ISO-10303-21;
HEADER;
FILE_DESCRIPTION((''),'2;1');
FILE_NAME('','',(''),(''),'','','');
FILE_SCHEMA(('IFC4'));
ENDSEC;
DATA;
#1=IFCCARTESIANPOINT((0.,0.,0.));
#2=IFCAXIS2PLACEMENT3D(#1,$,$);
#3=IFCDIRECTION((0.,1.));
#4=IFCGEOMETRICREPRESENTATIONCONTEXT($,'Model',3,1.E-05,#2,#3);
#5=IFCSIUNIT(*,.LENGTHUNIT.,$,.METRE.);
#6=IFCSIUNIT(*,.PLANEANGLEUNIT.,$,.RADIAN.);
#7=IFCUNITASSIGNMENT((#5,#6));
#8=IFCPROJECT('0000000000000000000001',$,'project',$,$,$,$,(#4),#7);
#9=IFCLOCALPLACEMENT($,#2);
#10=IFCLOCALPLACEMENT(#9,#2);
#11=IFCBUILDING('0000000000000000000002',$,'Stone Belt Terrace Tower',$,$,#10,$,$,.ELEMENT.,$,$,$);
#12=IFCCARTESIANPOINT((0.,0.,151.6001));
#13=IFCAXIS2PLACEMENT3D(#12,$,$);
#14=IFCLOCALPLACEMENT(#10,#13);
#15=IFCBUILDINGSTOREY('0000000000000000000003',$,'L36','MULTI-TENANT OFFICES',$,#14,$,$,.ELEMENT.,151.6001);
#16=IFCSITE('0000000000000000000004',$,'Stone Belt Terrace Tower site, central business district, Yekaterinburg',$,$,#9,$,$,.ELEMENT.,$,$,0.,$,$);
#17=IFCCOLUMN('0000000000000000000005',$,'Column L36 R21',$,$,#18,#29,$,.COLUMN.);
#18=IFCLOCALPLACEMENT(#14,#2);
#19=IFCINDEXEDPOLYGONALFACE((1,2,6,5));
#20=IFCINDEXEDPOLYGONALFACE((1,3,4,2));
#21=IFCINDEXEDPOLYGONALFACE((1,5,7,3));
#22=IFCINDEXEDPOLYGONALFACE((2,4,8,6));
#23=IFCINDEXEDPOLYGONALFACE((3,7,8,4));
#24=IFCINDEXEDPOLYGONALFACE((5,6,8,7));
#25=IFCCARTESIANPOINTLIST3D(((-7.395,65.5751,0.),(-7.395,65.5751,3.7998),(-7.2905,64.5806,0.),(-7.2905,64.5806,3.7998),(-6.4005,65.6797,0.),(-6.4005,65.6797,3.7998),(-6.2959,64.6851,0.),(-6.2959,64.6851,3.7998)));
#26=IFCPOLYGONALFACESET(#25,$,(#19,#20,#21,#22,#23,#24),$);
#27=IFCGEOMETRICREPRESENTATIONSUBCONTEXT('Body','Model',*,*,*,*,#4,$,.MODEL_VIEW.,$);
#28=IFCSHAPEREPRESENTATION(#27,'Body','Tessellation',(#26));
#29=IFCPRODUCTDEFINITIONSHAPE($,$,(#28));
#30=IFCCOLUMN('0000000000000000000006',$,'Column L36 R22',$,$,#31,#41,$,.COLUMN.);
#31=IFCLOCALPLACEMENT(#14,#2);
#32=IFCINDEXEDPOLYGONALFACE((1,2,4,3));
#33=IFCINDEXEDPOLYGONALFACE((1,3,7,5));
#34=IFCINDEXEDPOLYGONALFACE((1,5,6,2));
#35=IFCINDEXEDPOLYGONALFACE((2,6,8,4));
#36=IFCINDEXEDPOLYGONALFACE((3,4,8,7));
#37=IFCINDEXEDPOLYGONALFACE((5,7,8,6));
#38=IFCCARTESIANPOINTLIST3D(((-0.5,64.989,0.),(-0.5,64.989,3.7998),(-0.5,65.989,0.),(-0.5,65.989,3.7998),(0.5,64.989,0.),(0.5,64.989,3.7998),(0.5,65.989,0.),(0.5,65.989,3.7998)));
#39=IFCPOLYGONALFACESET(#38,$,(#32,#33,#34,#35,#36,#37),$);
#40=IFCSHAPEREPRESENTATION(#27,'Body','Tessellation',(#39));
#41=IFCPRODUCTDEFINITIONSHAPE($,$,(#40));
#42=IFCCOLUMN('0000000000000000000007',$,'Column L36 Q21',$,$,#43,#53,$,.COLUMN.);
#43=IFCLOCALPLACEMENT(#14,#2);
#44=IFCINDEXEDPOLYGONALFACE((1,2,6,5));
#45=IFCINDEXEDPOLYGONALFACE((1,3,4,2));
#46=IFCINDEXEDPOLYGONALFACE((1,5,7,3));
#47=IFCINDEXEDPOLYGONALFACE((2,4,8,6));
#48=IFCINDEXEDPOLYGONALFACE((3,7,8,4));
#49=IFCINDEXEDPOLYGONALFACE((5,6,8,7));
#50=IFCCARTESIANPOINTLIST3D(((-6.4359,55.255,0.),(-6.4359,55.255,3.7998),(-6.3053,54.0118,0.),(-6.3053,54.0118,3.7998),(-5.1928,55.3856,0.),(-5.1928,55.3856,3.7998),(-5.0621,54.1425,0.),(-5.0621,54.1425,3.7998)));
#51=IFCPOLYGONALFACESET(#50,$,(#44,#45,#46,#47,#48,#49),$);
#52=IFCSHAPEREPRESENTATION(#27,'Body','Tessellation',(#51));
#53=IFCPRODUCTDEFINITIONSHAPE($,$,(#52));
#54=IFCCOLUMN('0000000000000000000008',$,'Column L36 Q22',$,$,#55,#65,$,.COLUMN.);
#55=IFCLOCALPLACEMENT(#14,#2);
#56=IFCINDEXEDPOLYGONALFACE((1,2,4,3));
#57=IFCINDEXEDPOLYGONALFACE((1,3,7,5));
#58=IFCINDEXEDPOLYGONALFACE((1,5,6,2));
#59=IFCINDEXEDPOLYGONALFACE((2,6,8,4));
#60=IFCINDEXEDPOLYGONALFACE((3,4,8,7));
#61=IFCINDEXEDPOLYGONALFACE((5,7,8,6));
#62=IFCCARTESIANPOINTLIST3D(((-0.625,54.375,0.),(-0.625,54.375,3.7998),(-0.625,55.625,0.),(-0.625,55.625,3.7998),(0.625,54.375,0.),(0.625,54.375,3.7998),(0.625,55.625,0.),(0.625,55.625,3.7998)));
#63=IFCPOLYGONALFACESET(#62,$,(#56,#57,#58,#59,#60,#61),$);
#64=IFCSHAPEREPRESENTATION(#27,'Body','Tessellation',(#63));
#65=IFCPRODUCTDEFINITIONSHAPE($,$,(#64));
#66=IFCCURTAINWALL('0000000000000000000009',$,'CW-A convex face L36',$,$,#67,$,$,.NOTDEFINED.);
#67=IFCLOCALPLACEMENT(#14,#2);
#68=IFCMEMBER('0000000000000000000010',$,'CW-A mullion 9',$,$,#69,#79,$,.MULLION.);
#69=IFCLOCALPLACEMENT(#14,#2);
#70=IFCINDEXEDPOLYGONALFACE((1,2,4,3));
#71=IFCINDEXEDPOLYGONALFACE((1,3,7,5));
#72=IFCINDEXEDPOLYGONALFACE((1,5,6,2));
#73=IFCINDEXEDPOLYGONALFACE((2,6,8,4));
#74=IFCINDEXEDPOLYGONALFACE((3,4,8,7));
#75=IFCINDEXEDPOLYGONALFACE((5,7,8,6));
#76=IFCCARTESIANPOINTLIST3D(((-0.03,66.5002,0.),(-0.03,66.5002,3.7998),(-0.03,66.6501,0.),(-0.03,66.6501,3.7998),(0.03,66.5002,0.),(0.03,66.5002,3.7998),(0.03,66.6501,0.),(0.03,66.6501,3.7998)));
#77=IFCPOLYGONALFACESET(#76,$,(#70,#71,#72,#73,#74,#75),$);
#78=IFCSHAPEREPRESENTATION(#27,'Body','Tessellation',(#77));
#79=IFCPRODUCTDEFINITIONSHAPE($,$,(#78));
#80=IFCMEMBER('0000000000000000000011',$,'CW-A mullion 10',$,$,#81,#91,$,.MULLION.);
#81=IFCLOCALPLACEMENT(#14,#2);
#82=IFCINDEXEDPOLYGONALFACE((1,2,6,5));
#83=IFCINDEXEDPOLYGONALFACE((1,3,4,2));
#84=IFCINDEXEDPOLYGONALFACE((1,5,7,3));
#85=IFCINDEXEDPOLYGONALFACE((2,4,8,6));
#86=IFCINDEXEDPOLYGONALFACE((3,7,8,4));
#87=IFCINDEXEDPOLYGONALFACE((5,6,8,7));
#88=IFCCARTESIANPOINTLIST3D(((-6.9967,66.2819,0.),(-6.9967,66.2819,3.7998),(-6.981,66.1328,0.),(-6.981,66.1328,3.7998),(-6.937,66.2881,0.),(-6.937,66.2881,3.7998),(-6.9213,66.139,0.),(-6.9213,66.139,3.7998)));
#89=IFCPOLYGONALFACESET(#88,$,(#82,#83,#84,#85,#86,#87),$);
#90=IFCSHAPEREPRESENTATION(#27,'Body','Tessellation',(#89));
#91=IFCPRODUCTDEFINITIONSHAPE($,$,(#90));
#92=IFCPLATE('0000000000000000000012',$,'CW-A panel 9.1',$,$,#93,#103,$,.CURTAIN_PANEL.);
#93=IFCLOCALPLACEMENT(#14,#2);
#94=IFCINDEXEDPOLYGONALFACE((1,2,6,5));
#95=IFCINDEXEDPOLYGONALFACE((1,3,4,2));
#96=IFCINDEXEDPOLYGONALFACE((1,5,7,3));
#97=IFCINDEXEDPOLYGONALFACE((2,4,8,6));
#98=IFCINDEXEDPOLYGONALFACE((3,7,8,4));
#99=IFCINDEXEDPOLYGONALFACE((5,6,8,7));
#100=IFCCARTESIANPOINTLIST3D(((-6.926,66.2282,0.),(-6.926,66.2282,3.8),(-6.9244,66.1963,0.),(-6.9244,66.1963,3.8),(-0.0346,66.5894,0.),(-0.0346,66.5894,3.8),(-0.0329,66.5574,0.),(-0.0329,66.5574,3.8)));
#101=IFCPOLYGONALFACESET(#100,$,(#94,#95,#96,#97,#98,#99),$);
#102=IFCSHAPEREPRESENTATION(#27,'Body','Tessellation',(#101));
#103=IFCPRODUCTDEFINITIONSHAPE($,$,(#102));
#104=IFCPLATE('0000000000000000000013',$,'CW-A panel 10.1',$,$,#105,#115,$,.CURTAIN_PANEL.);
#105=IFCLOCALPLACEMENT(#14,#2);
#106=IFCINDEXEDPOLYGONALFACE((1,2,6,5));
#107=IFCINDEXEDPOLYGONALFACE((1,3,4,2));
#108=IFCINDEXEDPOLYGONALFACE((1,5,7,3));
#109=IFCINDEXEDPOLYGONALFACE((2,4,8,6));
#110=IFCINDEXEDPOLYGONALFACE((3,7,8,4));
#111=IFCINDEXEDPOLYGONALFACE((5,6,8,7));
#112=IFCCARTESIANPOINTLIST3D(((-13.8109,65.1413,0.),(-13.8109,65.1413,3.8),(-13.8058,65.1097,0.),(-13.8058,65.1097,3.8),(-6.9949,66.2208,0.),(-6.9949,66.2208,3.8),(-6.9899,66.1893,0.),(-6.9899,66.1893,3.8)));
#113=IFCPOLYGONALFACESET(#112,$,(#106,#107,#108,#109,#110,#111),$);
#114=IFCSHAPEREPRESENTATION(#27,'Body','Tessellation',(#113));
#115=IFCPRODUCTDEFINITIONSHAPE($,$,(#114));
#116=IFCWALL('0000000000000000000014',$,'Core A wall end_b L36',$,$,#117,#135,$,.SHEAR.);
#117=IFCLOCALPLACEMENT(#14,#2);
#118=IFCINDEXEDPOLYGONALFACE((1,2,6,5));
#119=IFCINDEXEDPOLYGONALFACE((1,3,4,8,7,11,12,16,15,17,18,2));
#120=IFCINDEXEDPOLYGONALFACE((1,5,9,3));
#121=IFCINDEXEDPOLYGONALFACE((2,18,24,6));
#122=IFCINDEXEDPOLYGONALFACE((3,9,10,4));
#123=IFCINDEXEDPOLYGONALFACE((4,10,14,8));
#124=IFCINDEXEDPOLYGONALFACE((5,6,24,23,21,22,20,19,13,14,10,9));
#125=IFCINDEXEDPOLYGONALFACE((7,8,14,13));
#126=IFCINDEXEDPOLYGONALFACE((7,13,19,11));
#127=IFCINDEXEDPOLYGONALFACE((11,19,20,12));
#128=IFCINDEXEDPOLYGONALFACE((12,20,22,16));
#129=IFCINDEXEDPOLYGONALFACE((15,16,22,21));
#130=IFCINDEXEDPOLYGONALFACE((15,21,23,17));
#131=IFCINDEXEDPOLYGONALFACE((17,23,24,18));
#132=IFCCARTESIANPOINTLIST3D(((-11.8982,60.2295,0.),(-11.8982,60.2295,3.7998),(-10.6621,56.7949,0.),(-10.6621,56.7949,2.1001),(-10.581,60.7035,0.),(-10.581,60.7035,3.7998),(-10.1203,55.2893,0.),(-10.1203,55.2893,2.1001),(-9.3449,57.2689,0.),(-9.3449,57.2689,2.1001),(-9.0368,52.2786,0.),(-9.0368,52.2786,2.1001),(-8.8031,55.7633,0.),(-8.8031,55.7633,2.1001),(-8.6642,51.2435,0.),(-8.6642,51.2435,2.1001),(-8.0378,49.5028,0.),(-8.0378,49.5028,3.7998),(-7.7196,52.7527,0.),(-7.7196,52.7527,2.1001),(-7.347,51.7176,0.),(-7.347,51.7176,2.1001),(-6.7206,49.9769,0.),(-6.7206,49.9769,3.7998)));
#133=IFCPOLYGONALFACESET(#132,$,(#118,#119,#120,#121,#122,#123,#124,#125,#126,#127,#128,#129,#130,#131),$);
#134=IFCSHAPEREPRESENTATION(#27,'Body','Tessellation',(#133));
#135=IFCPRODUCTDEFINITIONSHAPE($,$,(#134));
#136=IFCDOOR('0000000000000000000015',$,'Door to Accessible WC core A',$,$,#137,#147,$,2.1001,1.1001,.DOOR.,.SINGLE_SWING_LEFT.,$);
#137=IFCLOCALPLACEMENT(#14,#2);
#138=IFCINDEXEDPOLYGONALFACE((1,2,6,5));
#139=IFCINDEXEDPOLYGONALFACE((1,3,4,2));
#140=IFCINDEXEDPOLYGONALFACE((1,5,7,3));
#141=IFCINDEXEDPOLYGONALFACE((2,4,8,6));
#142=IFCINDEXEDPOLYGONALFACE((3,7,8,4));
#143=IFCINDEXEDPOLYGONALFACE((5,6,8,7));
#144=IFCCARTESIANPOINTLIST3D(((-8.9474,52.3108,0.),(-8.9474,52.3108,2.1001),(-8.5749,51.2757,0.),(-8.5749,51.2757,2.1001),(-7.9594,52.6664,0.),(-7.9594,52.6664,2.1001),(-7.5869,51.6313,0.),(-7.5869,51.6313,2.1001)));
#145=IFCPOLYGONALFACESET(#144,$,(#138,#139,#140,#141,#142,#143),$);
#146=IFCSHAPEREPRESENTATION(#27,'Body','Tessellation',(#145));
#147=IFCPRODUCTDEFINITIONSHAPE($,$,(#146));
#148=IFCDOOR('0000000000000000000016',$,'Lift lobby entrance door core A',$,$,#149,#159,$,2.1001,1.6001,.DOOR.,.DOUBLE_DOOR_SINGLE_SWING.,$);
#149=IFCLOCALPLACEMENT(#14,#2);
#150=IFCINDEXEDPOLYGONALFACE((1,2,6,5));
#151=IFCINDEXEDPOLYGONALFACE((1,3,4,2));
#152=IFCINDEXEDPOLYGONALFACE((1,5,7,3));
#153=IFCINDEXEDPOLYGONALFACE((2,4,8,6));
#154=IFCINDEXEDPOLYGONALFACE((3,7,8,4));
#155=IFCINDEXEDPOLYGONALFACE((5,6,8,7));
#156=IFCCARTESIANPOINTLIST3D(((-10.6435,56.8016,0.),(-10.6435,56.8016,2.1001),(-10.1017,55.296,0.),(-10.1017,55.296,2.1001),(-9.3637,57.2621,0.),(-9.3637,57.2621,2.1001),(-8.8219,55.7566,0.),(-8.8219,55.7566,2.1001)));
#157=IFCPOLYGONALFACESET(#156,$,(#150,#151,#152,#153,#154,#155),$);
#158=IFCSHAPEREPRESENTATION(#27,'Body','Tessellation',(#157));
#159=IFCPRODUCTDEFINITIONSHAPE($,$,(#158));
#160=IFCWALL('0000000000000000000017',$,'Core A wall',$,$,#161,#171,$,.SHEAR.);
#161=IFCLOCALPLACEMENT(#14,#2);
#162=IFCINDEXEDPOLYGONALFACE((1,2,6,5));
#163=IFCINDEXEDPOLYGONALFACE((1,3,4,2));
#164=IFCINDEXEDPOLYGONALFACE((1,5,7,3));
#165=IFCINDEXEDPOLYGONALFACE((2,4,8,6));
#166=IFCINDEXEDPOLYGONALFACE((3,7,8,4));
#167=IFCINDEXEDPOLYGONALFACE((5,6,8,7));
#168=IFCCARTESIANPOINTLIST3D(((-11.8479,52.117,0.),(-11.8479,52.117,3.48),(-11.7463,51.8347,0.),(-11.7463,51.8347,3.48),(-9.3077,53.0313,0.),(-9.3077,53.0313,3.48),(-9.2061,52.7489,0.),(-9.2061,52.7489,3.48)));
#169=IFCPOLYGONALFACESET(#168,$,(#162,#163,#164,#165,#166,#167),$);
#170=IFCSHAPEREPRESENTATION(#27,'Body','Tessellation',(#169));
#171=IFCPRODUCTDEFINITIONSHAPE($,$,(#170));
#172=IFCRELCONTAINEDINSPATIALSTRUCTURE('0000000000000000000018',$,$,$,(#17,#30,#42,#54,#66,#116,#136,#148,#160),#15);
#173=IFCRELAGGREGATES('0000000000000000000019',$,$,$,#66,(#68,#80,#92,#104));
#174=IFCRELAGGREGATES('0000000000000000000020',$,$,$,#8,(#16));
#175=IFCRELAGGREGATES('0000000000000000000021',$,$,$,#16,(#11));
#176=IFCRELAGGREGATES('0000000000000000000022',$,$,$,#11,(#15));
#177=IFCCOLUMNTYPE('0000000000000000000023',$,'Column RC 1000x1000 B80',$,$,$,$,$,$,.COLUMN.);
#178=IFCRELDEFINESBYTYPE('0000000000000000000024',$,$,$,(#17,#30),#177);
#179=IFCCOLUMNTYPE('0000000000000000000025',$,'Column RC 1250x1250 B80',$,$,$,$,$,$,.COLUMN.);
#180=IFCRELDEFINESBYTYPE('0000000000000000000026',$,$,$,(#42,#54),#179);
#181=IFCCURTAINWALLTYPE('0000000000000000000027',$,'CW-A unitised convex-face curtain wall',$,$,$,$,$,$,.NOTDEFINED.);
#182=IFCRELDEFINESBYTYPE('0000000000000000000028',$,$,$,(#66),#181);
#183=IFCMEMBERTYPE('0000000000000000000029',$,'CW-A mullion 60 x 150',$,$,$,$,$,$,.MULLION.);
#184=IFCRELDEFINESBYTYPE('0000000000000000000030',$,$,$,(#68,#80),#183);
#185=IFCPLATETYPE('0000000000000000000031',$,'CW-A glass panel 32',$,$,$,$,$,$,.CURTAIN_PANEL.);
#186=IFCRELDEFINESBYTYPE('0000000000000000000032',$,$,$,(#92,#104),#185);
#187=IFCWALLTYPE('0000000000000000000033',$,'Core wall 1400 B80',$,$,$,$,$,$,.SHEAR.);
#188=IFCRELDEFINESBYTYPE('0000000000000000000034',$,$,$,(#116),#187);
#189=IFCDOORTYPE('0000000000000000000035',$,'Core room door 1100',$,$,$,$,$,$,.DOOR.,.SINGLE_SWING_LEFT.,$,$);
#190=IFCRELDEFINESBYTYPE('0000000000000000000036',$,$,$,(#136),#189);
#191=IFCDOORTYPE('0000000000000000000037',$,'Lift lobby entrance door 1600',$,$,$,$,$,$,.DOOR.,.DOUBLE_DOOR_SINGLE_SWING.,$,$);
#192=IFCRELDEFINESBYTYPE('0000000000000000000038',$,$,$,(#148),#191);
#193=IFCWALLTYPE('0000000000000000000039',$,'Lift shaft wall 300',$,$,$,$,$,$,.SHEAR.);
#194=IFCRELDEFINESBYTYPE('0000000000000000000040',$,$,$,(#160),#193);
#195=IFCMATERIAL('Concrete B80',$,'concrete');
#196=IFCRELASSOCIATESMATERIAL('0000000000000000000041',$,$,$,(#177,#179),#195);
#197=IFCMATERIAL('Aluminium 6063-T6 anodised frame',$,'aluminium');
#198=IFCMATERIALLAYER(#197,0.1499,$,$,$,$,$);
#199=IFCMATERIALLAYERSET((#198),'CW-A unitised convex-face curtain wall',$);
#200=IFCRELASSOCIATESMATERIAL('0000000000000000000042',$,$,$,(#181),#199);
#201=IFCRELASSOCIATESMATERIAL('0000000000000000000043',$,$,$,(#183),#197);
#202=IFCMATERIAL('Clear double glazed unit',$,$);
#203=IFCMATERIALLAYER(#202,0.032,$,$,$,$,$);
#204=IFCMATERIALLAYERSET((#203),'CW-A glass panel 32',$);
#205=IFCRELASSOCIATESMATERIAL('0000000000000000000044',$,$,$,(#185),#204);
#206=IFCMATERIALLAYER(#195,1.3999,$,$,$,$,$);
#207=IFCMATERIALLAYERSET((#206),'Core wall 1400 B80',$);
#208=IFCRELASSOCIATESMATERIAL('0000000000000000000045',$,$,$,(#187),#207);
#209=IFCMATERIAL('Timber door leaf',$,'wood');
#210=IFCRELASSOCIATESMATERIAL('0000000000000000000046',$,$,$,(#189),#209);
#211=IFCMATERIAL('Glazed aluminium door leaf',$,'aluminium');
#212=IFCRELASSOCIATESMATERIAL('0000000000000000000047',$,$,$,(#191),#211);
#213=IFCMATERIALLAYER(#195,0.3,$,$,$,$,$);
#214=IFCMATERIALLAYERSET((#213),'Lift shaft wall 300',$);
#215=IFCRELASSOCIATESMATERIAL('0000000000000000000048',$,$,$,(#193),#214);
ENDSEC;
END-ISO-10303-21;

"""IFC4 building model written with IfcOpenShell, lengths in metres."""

from ifc_helpers import new_model, si_unit, direction, frame, frame_2d, origin, origin_2d, place, context, subcontext, project, spatial, rectangle, extrude, material, layer, layer_set, material_profile, profile_set, type_object, element, fill, aggregate, save


model = new_model("IFC4")

# Units and contexts
model_context = context("Model", 3, precision=1e-05, world=origin(), true_north=direction((0.0, 1.0)))
body_context = subcontext(model_context, "Body", "Model", "MODEL_VIEW")
ifc_project = project(units=[si_unit("LENGTHUNIT", "METRE"), si_unit("PLANEANGLEUNIT", "RADIAN")], contexts=[model_context])

# Site, building, storey
site_placement = place(None, origin())
site = spatial("IfcSite", under=ifc_project, at=site_placement, Name="Stone Belt Terrace Tower site, central business district, Yekaterinburg", CompositionType="ELEMENT", RefElevation=0.0)
building_placement = place(site_placement, origin())
building = spatial("IfcBuilding", under=site, at=building_placement, Name="Stone Belt Terrace Tower", CompositionType="ELEMENT")
storey_placement = place(building_placement, frame((0.0, 0.0, 151.6001)))
storey = spatial("IfcBuildingStorey", under=building, at=storey_placement, Name="L36", Description="MULTI-TENANT OFFICES", CompositionType="ELEMENT", Elevation=151.6001)

# Columns
ifc_material_1 = material(Name="Concrete B80", Category="concrete")
ifc_material_profile_1 = material_profile(ifc_material_1, rectangle(XDim=1.0, YDim=1.0, at=origin_2d()), Name="RC 1000x1000")
ifc_profile_set_1 = profile_set([ifc_material_profile_1], Name="Concrete B80")
column_type_1 = type_object("IfcColumnType", Name="Column RC 1000x1000 B80", PredefinedType="COLUMN", material=ifc_profile_set_1)
for number, where, z_axis, x_axis, name in (
    (1, (-6.8455, 65.1301, 0.0), (0.0, 0.0, 1.0), (0.994522, 0.104528, 0.0), "Column L36 R21"),
    (2, (0.0, 65.489, 0.0), (0.0, 0.0, 1.0), (1.0, 0.0, 0.0), "Column L36 R22"),
):
    element("IfcColumn", number, at=place(storey_placement, frame(where, z_axis=z_axis, x_axis=x_axis)), inside=storey, type_object=column_type_1, Name=name, PredefinedType="COLUMN", context=body_context, shape_type="SweptSolid", body=[
        extrude(rectangle(XDim=1.0, YDim=1.0, at=origin_2d()), origin(), (0.0, 0.0, 1.0), 3.7998),
    ])
ifc_material_profile_2 = material_profile(ifc_material_1, rectangle(XDim=1.25, YDim=1.25, at=origin_2d()), Name="RC 1250x1250")
ifc_profile_set_2 = profile_set([ifc_material_profile_2], Name="Concrete B80")
column_type_2 = type_object("IfcColumnType", Name="Column RC 1250x1250 B80", PredefinedType="COLUMN", material=ifc_profile_set_2)
for number, where, z_axis, x_axis, name in (
    (3, (-5.749, 54.6987, 0.0), (0.0, 0.0, 1.0), (0.994522, 0.104528, 0.0), "Column L36 Q21"),
    (4, (0.0, 55.0, 0.0), (0.0, 0.0, 1.0), (1.0, 0.0, 0.0), "Column L36 Q22"),
):
    element("IfcColumn", number, at=place(storey_placement, frame(where, z_axis=z_axis, x_axis=x_axis)), inside=storey, type_object=column_type_2, Name=name, PredefinedType="COLUMN", context=body_context, shape_type="SweptSolid", body=[
        extrude(rectangle(XDim=1.25, YDim=1.25, at=origin_2d()), origin(), (0.0, 0.0, 1.0), 3.7998),
    ])

# Curtain wall, members, plates
ifc_material_2 = material(Name="Aluminium 6063-T6 anodised frame", Category="aluminium")
ifc_layer_1 = layer(ifc_material_2, 0.1499)
ifc_layer_set_1 = layer_set([ifc_layer_1], Name="CW-A unitised convex-face curtain wall")
curtain_wall_type = type_object("IfcCurtainWallType", Name="CW-A unitised convex-face curtain wall", PredefinedType="NOTDEFINED", material=ifc_layer_set_1)
curtain_wall_placement = place(storey_placement, origin())
curtain_wall = element("IfcCurtainWall", 5, at=curtain_wall_placement, inside=storey, type_object=curtain_wall_type, Name="CW-A convex face L36", PredefinedType="NOTDEFINED")
ifc_material_profile_3 = material_profile(ifc_material_2, rectangle(XDim=0.1499, YDim=0.0601, at=origin_2d()), Name="Aluminium 6063-T6 60x150")
ifc_profile_set_3 = profile_set([ifc_material_profile_3], Name="Aluminium 6063-T6 anodised frame")
member_type = type_object("IfcMemberType", Name="CW-A mullion 60 x 150", PredefinedType="MULLION", material=ifc_profile_set_3)
member_1_placement = place(storey_placement, frame((0.0, 66.5752, 0.0), z_axis=(0.0, 0.0, 1.0), x_axis=(0.0, -1.0, 0.0)))
member_1 = element("IfcMember", 6, at=member_1_placement, type_object=member_type, Name="CW-A mullion 9", PredefinedType="MULLION", context=body_context, shape_type="SweptSolid", body=[
    extrude(rectangle(XDim=0.1499, YDim=0.0601, at=origin_2d()), origin(), (0.0, 0.0, 1.0), 3.7998),
])
member_2_placement = place(storey_placement, frame((-6.959, 66.2104, 0.0), z_axis=(0.0, 0.0, 1.0), x_axis=(0.104528, -0.994522, 0.0)))
member_2 = element("IfcMember", 7, at=member_2_placement, type_object=member_type, Name="CW-A mullion 10", PredefinedType="MULLION", context=body_context, shape_type="SweptSolid", body=[
    extrude(rectangle(XDim=0.1499, YDim=0.0601, at=origin_2d()), origin(), (0.0, 0.0, 1.0), 3.7998),
])
ifc_material_3 = material(Name="Clear double glazed unit")
ifc_layer_2 = layer(ifc_material_3, 0.032)
ifc_layer_set_2 = layer_set([ifc_layer_2], Name="CW-A glass panel 32")
plate_type = type_object("IfcPlateType", Name="CW-A glass panel 32", PredefinedType="CURTAIN_PANEL", material=ifc_layer_set_2)
plate_1_placement = place(storey_placement, frame((-3.4795, 66.3928, 0.0), z_axis=(0.0, 0.0, 1.0), x_axis=(-0.99863, -0.052336, 0.0)))
plate_1 = element("IfcPlate", 8, at=plate_1_placement, type_object=plate_type, Name="CW-A panel 9.1", PredefinedType="CURTAIN_PANEL", context=body_context, shape_type="SweptSolid", body=[
    extrude(rectangle(XDim=6.9009, YDim=0.032, at=origin_2d()), origin(), (0.0, 0.0, 1.0), 3.8),
])
plate_2_placement = place(storey_placement, frame((-10.4004, 65.6653, 0.0), z_axis=(0.0, 0.0, 1.0), x_axis=(-0.987688, -0.156434, 0.0)))
plate_2 = element("IfcPlate", 9, at=plate_2_placement, type_object=plate_type, Name="CW-A panel 10.1", PredefinedType="CURTAIN_PANEL", context=body_context, shape_type="SweptSolid", body=[
    extrude(rectangle(XDim=6.9009, YDim=0.032, at=origin_2d()), origin(), (0.0, 0.0, 1.0), 3.8),
])
aggregate(curtain_wall, [member_1, member_2, plate_1, plate_2])

# Wall, openings, doors
ifc_layer_3 = layer(ifc_material_1, 1.3999)
ifc_layer_set_3 = layer_set([ifc_layer_3], Name="Core wall 1400 B80")
wall_type_1 = type_object("IfcWallType", Name="Core wall 1400 B80", PredefinedType="SHEAR", material=ifc_layer_set_3)
wall_1_placement = place(storey_placement, frame((-7.3792, 49.7397, 0.0), z_axis=(0.0, 0.0, 1.0), x_axis=(-0.338625, 0.940921, 0.0)))
wall_1 = element("IfcWall", 10, at=wall_1_placement, inside=storey, type_object=wall_type_1, Name="Core A wall end_b L36", PredefinedType="SHEAR", context=body_context, shape_type="SweptSolid", body=[
    extrude(rectangle(XDim=11.4001, YDim=1.3999, at=frame_2d((5.7002, 0.0))), origin(), (0.0, 0.0, 1.0), 3.7998),
])
opening_1_placement = place(wall_1_placement, frame((6.1499, 0.0, 0.0)))
opening_1 = element("IfcOpeningElement", 11, at=opening_1_placement, cuts=wall_1, PredefinedType="OPENING", context=body_context, shape_type="SweptSolid", body=[
    extrude(rectangle(XDim=1.6001, YDim=2.1001, at=frame_2d((0.8, 1.05))), frame((0.0, 0.71, 0.0), z_axis=(0.0, -1.0, 0.0), x_axis=(1.0, 0.0, 0.0)), (0.0, 0.0, 1.0), 1.4199),
])
opening_2_placement = place(wall_1_placement, frame((1.8501, 0.0, 0.0)))
opening_2 = element("IfcOpeningElement", 12, at=opening_2_placement, cuts=wall_1, PredefinedType="OPENING", context=body_context, shape_type="SweptSolid", body=[
    extrude(rectangle(XDim=1.1001, YDim=2.1001, at=frame_2d((0.55, 1.05))), frame((0.0, 0.71, 0.0), z_axis=(0.0, -1.0, 0.0), x_axis=(1.0, 0.0, 0.0)), (0.0, 0.0, 1.0), 1.4199),
])
ifc_material_4 = material(Name="Timber door leaf", Category="wood")
door_type_1 = type_object("IfcDoorType", Name="Core room door 1100", OperationType="SINGLE_SWING_LEFT", PredefinedType="DOOR", material=ifc_material_4)
door_1_placement = place(opening_2_placement, origin())
door_1 = element("IfcDoor", 13, at=door_1_placement, inside=storey, type_object=door_type_1, Name="Door to Accessible WC core A", OperationType="SINGLE_SWING_LEFT", OverallHeight=2.1001, OverallWidth=1.1001, PredefinedType="DOOR", context=body_context, shape_type="SweptSolid", body=[
    extrude(rectangle(XDim=1.1001, YDim=2.1001, at=frame_2d((0.55, 1.05))), frame((0.0, 0.605, 0.0), z_axis=(0.0, -1.0, 0.0), x_axis=(1.0, 0.0, 0.0)), (0.0, 0.0, 1.0), 1.05),
])
fill(opening_2, door_1)
ifc_material_5 = material(Name="Glazed aluminium door leaf", Category="aluminium")
door_type_2 = type_object("IfcDoorType", Name="Lift lobby entrance door 1600", OperationType="DOUBLE_DOOR_SINGLE_SWING", PredefinedType="DOOR", material=ifc_material_5)
door_2_placement = place(opening_1_placement, origin())
door_2 = element("IfcDoor", 14, at=door_2_placement, inside=storey, type_object=door_type_2, Name="Lift lobby entrance door core A", OperationType="DOUBLE_DOOR_SINGLE_SWING", OverallHeight=2.1001, OverallWidth=1.6001, PredefinedType="DOOR", context=body_context, shape_type="SweptSolid", body=[
    extrude(rectangle(XDim=1.6001, YDim=2.1001, at=frame_2d((0.8, 1.05))), frame((0.0, 0.6802, 0.0), z_axis=(0.0, -1.0, 0.0), x_axis=(1.0, 0.0, 0.0)), (0.0, 0.0, 1.0), 1.3601),
])
fill(opening_1, door_2)

# Wall
ifc_layer_4 = layer(ifc_material_1, 0.3)
ifc_layer_set_4 = layer_set([ifc_layer_4], Name="Lift shaft wall 300")
wall_type_2 = type_object("IfcWallType", Name="Lift shaft wall 300", PredefinedType="SHEAR", material=ifc_layer_set_4)
wall_2_placement = place(storey_placement, frame((-11.7971, 51.9758, 0.0), z_axis=(0.0, 0.0, 1.0), x_axis=(0.94091, 0.338655, 0.0)))
element("IfcWall", 15, at=wall_2_placement, inside=storey, type_object=wall_type_2, Name="Core A wall", PredefinedType="SHEAR", context=body_context, shape_type="SweptSolid", body=[
    extrude(rectangle(XDim=2.6997, YDim=0.3, at=frame_2d((1.3499, 0.0))), origin(), (0.0, 0.0, 1.0), 3.48),
])

save(model, "model.ifc")
